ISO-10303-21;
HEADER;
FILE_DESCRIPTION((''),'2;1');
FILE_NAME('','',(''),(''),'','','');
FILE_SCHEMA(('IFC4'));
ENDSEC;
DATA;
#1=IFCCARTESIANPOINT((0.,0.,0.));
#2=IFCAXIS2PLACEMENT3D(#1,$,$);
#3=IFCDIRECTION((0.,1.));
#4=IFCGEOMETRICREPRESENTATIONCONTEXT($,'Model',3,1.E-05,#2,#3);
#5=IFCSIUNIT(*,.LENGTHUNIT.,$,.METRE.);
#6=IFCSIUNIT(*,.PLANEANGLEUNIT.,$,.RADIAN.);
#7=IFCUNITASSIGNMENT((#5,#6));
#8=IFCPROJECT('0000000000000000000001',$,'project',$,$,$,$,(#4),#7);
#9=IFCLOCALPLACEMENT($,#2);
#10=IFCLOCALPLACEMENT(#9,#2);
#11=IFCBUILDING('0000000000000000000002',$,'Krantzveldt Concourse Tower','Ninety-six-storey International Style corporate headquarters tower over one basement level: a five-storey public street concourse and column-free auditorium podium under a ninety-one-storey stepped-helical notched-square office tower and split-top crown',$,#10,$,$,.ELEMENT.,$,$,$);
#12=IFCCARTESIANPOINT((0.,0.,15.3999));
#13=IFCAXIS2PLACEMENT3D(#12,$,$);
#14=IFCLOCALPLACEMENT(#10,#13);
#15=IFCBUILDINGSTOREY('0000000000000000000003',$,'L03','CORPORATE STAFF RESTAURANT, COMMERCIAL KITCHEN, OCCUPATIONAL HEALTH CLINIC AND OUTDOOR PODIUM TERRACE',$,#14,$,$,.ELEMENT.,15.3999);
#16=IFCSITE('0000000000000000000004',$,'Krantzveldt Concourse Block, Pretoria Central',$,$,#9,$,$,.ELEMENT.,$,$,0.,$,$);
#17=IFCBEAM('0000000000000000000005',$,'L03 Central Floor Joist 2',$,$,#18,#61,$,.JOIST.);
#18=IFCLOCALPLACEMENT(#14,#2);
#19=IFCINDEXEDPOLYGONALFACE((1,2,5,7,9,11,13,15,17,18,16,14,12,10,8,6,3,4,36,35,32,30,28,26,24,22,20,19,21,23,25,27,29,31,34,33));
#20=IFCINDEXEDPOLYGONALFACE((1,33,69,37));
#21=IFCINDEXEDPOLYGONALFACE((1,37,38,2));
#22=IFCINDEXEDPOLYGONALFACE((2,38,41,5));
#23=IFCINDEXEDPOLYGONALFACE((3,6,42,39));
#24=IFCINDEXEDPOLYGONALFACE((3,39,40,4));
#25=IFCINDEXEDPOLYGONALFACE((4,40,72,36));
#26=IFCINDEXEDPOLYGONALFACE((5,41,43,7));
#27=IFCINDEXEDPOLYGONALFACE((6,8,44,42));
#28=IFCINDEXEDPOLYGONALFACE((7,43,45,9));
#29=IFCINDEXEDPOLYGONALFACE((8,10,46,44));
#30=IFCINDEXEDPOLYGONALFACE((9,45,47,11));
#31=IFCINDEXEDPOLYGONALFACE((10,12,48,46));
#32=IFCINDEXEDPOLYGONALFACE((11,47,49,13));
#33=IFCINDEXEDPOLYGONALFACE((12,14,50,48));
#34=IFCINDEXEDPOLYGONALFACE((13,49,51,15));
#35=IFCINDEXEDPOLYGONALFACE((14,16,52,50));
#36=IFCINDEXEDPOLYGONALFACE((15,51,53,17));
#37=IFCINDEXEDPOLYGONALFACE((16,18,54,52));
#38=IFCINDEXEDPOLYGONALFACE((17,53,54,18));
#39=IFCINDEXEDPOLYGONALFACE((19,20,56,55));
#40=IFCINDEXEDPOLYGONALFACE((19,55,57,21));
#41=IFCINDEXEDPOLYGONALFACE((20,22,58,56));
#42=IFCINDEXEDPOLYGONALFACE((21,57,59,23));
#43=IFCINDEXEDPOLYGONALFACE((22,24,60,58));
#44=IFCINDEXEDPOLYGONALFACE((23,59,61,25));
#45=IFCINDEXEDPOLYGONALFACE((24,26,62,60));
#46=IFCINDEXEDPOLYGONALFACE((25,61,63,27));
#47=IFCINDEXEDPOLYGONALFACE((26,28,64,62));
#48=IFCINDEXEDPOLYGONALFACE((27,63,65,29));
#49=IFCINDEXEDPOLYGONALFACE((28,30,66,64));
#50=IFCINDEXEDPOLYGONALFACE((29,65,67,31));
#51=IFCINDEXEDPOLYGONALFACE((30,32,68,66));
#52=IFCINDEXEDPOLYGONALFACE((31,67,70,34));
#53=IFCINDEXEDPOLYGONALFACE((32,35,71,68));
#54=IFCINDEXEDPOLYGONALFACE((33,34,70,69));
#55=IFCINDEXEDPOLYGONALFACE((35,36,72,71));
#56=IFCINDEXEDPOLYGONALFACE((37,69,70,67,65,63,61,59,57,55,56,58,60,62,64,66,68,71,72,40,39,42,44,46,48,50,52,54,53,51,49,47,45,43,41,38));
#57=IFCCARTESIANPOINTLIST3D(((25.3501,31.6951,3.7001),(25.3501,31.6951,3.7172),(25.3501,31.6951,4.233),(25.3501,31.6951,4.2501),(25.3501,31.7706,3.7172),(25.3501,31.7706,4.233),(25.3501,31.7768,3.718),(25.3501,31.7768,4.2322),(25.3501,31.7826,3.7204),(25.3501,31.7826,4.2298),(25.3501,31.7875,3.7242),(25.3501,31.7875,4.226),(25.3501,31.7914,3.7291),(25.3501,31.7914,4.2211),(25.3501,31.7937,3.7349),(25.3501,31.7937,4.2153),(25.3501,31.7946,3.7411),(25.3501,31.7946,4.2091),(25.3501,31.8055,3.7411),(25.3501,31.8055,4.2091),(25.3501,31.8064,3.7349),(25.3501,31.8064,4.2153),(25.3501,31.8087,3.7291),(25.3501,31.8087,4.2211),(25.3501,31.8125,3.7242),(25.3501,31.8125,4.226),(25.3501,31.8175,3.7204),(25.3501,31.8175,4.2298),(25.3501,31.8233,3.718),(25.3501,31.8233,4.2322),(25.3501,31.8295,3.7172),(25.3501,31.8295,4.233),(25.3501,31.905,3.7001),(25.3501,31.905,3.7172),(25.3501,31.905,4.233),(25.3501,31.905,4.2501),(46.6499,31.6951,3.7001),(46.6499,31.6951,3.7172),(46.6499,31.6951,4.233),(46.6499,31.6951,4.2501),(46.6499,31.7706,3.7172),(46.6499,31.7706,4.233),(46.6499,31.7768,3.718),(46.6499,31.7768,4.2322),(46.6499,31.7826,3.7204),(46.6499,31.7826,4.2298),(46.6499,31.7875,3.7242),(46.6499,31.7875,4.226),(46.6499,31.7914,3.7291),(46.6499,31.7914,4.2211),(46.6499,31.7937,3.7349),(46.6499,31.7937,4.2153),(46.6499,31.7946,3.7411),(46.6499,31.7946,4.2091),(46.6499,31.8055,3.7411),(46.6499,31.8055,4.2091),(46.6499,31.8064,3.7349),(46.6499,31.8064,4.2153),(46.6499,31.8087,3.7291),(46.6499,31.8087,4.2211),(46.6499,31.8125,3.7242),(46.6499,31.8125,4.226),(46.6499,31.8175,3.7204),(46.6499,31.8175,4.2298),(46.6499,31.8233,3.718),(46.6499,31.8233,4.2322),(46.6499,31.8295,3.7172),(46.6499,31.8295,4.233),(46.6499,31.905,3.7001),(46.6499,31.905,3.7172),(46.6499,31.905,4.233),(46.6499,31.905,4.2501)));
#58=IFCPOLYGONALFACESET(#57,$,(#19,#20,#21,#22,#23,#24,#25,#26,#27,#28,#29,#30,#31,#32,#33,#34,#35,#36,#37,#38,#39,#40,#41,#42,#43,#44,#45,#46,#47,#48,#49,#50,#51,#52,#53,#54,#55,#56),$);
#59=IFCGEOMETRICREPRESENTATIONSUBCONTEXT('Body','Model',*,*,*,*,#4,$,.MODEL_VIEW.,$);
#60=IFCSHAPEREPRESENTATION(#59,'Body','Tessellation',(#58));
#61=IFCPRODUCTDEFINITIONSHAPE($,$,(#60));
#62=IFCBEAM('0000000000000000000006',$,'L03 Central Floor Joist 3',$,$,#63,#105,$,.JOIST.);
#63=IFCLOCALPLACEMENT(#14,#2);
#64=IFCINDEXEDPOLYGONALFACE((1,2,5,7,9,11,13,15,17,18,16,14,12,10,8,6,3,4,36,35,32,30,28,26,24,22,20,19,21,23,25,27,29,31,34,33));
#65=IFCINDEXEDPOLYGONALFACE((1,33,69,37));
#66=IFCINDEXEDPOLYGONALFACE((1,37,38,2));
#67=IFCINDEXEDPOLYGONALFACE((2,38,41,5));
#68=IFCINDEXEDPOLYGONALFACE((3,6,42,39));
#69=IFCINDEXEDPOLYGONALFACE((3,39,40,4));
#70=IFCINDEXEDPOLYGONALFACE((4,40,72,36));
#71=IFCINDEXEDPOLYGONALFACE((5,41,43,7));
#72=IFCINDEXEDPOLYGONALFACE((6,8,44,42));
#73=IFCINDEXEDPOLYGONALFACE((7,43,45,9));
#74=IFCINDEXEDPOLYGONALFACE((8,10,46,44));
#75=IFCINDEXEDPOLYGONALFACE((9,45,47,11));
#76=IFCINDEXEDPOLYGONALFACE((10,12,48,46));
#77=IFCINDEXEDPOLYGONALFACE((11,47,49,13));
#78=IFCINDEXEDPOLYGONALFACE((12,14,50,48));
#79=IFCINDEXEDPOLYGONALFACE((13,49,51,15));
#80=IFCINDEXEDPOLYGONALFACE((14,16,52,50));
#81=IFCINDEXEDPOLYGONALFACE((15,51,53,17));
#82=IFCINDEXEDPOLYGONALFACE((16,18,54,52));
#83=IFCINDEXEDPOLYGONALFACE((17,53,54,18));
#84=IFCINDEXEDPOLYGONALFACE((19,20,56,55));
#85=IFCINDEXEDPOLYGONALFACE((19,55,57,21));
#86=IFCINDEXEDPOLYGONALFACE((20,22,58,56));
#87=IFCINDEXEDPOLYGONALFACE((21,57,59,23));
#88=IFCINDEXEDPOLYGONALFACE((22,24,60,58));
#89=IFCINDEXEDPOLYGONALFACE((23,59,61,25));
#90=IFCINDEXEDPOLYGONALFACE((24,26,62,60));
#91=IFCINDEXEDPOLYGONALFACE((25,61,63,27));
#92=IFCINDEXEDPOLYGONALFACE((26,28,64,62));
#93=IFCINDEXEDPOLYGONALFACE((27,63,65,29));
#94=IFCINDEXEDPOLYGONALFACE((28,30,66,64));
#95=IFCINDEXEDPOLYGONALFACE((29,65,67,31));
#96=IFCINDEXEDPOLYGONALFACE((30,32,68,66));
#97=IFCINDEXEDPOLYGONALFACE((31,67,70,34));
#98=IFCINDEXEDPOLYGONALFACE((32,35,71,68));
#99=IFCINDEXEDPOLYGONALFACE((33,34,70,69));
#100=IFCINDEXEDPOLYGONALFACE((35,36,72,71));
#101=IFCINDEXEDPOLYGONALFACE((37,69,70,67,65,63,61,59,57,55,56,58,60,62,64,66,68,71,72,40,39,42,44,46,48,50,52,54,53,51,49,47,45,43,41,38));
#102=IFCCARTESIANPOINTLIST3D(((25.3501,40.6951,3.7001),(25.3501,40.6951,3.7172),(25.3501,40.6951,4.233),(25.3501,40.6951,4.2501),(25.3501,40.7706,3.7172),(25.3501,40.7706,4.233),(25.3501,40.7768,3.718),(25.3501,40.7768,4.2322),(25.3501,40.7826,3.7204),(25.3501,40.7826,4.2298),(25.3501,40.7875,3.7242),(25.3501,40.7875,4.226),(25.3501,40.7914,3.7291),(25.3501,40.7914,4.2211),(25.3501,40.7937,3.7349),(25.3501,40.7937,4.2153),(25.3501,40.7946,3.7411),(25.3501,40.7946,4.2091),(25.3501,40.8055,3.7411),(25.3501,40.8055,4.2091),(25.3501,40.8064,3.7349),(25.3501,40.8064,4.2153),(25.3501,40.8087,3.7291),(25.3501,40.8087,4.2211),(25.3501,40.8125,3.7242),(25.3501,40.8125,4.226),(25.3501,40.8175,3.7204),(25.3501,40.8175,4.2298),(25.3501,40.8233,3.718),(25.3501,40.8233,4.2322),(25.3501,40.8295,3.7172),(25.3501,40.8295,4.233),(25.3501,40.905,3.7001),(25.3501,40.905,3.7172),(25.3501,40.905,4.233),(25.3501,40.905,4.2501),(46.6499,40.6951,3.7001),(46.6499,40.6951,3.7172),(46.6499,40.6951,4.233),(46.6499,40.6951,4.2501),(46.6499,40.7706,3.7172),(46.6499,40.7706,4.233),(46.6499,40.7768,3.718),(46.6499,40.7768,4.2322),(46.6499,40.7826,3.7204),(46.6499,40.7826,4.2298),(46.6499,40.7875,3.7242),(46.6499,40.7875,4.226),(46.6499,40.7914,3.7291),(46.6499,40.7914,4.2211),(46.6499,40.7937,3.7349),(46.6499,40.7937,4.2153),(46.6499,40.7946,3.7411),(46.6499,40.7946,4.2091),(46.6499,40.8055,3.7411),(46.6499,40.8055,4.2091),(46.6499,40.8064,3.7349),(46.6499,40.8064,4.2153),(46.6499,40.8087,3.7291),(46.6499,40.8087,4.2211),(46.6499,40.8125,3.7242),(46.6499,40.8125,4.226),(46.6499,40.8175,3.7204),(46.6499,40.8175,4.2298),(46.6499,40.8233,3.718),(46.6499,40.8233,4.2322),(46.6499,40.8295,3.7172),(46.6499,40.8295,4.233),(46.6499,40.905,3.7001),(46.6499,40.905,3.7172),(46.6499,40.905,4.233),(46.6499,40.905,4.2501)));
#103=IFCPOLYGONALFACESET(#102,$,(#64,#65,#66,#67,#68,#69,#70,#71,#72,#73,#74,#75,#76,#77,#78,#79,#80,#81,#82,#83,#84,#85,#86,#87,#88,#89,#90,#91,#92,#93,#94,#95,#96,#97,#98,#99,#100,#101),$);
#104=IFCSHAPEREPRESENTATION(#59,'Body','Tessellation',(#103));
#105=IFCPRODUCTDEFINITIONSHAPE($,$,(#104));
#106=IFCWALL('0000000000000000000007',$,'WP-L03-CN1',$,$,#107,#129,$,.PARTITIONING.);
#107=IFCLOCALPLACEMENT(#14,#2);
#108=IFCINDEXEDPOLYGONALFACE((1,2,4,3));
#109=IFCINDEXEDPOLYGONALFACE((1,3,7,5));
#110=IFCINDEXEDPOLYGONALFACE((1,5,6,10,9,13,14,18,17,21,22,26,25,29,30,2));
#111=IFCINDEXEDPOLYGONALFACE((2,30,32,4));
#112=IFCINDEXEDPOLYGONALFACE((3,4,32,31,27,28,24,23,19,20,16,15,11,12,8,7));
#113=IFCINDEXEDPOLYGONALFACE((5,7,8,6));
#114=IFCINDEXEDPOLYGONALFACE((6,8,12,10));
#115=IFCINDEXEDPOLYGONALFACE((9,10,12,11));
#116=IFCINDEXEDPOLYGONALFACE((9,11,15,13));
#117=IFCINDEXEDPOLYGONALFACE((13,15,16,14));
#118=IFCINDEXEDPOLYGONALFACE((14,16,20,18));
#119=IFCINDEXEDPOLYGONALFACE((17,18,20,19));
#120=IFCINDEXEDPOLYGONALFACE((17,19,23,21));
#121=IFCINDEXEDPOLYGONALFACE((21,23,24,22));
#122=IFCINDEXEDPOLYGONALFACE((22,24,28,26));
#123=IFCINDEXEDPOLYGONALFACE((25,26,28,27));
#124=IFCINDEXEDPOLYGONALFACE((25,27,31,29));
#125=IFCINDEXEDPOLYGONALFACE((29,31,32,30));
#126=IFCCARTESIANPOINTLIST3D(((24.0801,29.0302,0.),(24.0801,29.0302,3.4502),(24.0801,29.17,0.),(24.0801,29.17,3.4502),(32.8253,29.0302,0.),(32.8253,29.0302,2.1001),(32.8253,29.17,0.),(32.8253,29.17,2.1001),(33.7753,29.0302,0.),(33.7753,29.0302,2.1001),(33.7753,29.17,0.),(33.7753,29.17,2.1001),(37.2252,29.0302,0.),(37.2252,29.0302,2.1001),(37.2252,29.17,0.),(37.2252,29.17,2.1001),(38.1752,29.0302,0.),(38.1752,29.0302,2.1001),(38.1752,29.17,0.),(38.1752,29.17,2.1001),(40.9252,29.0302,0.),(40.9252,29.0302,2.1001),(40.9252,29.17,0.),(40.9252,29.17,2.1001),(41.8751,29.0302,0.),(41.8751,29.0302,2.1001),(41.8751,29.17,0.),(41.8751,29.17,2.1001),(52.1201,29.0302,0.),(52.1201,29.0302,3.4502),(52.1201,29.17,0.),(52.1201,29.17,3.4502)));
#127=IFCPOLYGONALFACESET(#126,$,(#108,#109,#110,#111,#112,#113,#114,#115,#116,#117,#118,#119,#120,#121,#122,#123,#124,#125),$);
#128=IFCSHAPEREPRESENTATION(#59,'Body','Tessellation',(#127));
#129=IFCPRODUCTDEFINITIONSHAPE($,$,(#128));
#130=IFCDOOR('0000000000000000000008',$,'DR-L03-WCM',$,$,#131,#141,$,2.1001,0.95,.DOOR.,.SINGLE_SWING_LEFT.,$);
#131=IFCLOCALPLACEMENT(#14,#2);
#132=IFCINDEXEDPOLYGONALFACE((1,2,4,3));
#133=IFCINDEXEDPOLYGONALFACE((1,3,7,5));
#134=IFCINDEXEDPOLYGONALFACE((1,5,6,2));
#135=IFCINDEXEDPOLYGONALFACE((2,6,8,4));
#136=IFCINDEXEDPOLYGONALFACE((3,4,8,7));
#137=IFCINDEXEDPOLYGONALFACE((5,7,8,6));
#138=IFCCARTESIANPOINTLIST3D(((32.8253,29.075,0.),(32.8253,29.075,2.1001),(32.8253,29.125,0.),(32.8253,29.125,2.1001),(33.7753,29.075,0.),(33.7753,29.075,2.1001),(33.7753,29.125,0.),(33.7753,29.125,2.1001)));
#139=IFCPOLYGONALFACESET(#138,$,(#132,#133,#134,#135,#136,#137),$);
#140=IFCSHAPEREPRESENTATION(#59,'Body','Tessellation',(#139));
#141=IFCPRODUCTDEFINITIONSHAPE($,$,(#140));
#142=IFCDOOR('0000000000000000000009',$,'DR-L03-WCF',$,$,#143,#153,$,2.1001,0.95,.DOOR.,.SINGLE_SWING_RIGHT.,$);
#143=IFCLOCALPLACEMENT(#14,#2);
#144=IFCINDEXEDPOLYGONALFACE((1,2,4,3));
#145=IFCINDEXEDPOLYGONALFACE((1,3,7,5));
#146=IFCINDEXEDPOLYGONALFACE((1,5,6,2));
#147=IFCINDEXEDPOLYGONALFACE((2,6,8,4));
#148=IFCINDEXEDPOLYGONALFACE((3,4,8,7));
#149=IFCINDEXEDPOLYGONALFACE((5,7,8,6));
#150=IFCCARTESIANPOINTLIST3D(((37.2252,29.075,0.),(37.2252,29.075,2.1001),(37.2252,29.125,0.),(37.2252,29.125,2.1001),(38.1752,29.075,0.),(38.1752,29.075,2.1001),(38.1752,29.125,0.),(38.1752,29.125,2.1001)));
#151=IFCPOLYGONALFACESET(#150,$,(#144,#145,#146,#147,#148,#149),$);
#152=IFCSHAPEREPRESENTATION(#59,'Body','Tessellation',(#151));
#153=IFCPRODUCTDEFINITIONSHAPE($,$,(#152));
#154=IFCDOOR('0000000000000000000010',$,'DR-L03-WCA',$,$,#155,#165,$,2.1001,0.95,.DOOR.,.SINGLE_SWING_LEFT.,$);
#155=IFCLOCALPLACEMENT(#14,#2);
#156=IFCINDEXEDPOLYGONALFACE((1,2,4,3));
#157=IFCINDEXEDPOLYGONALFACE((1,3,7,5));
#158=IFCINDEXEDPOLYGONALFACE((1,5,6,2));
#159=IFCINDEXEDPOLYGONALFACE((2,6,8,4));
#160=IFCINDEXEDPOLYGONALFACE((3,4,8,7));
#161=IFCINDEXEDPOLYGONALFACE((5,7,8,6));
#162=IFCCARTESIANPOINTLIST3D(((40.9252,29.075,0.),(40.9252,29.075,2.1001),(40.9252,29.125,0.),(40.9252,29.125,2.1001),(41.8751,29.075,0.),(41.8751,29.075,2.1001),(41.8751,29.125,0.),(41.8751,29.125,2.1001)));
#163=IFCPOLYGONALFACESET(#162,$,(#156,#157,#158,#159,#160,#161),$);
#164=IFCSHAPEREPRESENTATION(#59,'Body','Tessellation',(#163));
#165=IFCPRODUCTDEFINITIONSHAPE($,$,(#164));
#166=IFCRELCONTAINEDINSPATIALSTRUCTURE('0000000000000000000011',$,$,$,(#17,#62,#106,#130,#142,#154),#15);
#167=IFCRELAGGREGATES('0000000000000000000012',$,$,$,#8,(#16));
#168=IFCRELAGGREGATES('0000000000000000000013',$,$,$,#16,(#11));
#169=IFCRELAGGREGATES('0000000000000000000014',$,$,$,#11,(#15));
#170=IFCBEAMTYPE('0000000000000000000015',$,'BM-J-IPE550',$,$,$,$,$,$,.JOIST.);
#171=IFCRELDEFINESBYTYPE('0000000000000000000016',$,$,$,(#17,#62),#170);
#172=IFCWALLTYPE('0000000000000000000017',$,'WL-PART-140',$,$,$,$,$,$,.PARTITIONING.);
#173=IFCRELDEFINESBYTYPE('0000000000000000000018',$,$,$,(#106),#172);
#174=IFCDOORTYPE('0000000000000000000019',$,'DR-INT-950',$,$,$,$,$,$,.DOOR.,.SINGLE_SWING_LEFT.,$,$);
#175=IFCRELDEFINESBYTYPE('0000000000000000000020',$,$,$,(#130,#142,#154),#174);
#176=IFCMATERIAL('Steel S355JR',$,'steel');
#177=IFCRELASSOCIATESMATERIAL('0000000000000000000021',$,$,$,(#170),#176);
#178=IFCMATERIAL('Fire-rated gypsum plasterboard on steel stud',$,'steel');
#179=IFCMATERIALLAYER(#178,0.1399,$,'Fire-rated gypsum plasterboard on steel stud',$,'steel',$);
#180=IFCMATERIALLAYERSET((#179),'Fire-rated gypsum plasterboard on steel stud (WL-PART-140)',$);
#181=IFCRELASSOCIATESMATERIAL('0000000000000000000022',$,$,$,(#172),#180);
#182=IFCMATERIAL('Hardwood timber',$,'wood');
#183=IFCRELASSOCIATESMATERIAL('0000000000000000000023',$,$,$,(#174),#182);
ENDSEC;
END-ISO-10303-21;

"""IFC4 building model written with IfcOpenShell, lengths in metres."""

from ifc_helpers import new_model, si_unit, direction, frame, frame_2d, origin, origin_2d, place, context, subcontext, project, spatial, rectangle, i_section, extrude, source, transform, mapped, material, layer, layer_set, material_profile, profile_set, type_object, type_shapes, element, fill, save


model = new_model("IFC4")

# Units and contexts
model_context = context("Model", 3, precision=1e-05, world=origin(), true_north=direction((0.0, 1.0)))
body_context = subcontext(model_context, "Body", "Model", "MODEL_VIEW")
ifc_project = project(units=[si_unit("LENGTHUNIT", "METRE"), si_unit("PLANEANGLEUNIT", "RADIAN")], contexts=[model_context])

# Site, building, storey
site_placement = place(None, origin())
site = spatial("IfcSite", under=ifc_project, at=site_placement, Name="Krantzveldt Concourse Block, Pretoria Central", CompositionType="ELEMENT", RefElevation=0.0)
building_placement = place(site_placement, origin())
building = spatial("IfcBuilding", under=site, at=building_placement, Name="Krantzveldt Concourse Tower", Description="Ninety-six-storey International Style corporate headquarters tower over one basement level: a five-storey public street concourse and column-free auditorium podium under a ninety-one-storey stepped-helical notched-square office tower and split-top crown", CompositionType="ELEMENT")
storey_placement = place(building_placement, frame((0.0, 0.0, 15.3999)))
storey = spatial("IfcBuildingStorey", under=building, at=storey_placement, Name="L03", Description="CORPORATE STAFF RESTAURANT, COMMERCIAL KITCHEN, OCCUPATIONAL HEALTH CLINIC AND OUTDOOR PODIUM TERRACE", CompositionType="ELEMENT", Elevation=15.3999)

# Beams
ifc_material_1 = material(Name="Steel S355JR", Category="steel")
ifc_material_profile_1 = material_profile(ifc_material_1, i_section(OverallWidth=0.21, OverallDepth=0.55, WebThickness=0.011, FlangeThickness=0.0171, FilletRadius=0.0239, at=origin_2d()), Name="Steel S355JR", Category="steel")
ifc_profile_set_1 = profile_set([ifc_material_profile_1], Name="Steel S355JR - IPE 550")
beam_type_1 = type_object("IfcBeamType", Name="BM-J-IPE550", PredefinedType="JOIST", material=ifc_profile_set_1)
shared_shape_1 = source(origin(), body_context, "Body", "SweptSolid", [
    extrude(i_section(OverallWidth=0.21, OverallDepth=0.55, WebThickness=0.011, FlangeThickness=0.0171, FilletRadius=0.0239, at=origin_2d()), origin(), (0.0, 0.0, 1.0), 21.2998),
])
type_shapes(beam_type_1, [shared_shape_1])
for number, where, z_axis, x_axis, name in (
    (1, (25.3501, 31.8, 3.9751), (1.0, 0.0, 0.0), (0.0, 1.0, 0.0), "L03 Central Floor Joist 2"),
    (2, (25.3501, 40.8, 3.9751), (1.0, 0.0, 0.0), (0.0, 1.0, 0.0), "L03 Central Floor Joist 3"),
):
    element("IfcBeam", number, at=place(storey_placement, frame(where, z_axis=z_axis, x_axis=x_axis)), inside=storey, type_object=beam_type_1, Name=name, PredefinedType="JOIST", context=body_context, shape_type="MappedRepresentation", body=[
        mapped(shared_shape_1, transform((0.0, 0.0, 0.0), x_axis=(1.0, 0.0, 0.0), y_axis=(0.0, 1.0, 0.0), z_axis=(0.0, 0.0, 1.0), scale=1.0)),
    ])

# Wall, openings, doors
ifc_material_2 = material(Name="Fire-rated gypsum plasterboard on steel stud", Category="steel")
ifc_layer_1 = layer(ifc_material_2, 0.1399, Name="Fire-rated gypsum plasterboard on steel stud", Category="steel")
ifc_layer_set_1 = layer_set([ifc_layer_1], Name="Fire-rated gypsum plasterboard on steel stud (WL-PART-140)")
wall_type_1 = type_object("IfcWallType", Name="WL-PART-140", PredefinedType="PARTITIONING", material=ifc_layer_set_1)
wall_1_placement = place(storey_placement, frame((24.0801, 29.1001, 0.0), z_axis=(0.0, 0.0, 1.0), x_axis=(1.0, 0.0, 0.0)))
wall_1 = element("IfcWall", 3, at=wall_1_placement, inside=storey, type_object=wall_type_1, Name="WP-L03-CN1", PredefinedType="PARTITIONING", context=body_context, shape_type="SweptSolid", body=[
    extrude(rectangle(XDim=28.04, YDim=0.1399, at=frame_2d((14.02, 0.0))), origin(), (0.0, 0.0, 1.0), 3.4502),
])
opening_1_placement = place(wall_1_placement, frame((8.7451, 0.0, 0.0)))
opening_1 = element("IfcOpeningElement", 4, at=opening_1_placement, cuts=wall_1, PredefinedType="OPENING", context=body_context, shape_type="SweptSolid", body=[
    extrude(rectangle(XDim=0.95, YDim=2.1001, at=frame_2d((0.4751, 1.05))), frame((0.0, 0.0801, 0.0), z_axis=(0.0, -1.0, 0.0), x_axis=(1.0, 0.0, 0.0)), (0.0, 0.0, 1.0), 0.1599),
])
opening_2_placement = place(wall_1_placement, frame((13.145, 0.0, 0.0)))
opening_2 = element("IfcOpeningElement", 5, at=opening_2_placement, cuts=wall_1, PredefinedType="OPENING", context=body_context, shape_type="SweptSolid", body=[
    extrude(rectangle(XDim=0.95, YDim=2.1001, at=frame_2d((0.4751, 1.05))), frame((0.0, 0.0801, 0.0), z_axis=(0.0, -1.0, 0.0), x_axis=(1.0, 0.0, 0.0)), (0.0, 0.0, 1.0), 0.1599),
])
opening_3_placement = place(wall_1_placement, frame((16.845, 0.0, 0.0)))
opening_3 = element("IfcOpeningElement", 6, at=opening_3_placement, cuts=wall_1, PredefinedType="OPENING", context=body_context, shape_type="SweptSolid", body=[
    extrude(rectangle(XDim=0.95, YDim=2.1001, at=frame_2d((0.4751, 1.05))), frame((0.0, 0.0801, 0.0), z_axis=(0.0, -1.0, 0.0), x_axis=(1.0, 0.0, 0.0)), (0.0, 0.0, 1.0), 0.1599),
])
ifc_material_3 = material(Name="Hardwood timber", Category="wood")
door_type_1 = type_object("IfcDoorType", Name="DR-INT-950", OperationType="SINGLE_SWING_LEFT", PredefinedType="DOOR", material=ifc_material_3)
door_1_placement = place(opening_1_placement, origin())
door_1 = element("IfcDoor", 7, at=door_1_placement, inside=storey, type_object=door_type_1, Name="DR-L03-WCM", OperationType="SINGLE_SWING_LEFT", OverallHeight=2.1001, OverallWidth=0.95, PredefinedType="DOOR", context=body_context, shape_type="SweptSolid", body=[
    extrude(rectangle(XDim=0.95, YDim=2.1001, at=frame_2d((0.4751, 1.05))), frame((0.0, 0.0249, 0.0), z_axis=(0.0, -1.0, 0.0), x_axis=(1.0, 0.0, 0.0)), (0.0, 0.0, 1.0), 0.05),
])
fill(opening_1, door_1)
door_2_placement = place(opening_2_placement, origin())
door_2 = element("IfcDoor", 8, at=door_2_placement, inside=storey, type_object=door_type_1, Name="DR-L03-WCF", OperationType="SINGLE_SWING_RIGHT", OverallHeight=2.1001, OverallWidth=0.95, PredefinedType="DOOR", context=body_context, shape_type="SweptSolid", body=[
    extrude(rectangle(XDim=0.95, YDim=2.1001, at=frame_2d((0.4751, 1.05))), frame((0.0, 0.0249, 0.0), z_axis=(0.0, -1.0, 0.0), x_axis=(1.0, 0.0, 0.0)), (0.0, 0.0, 1.0), 0.05),
])
fill(opening_2, door_2)
door_3_placement = place(opening_3_placement, origin())
door_3 = element("IfcDoor", 9, at=door_3_placement, inside=storey, type_object=door_type_1, Name="DR-L03-WCA", OperationType="SINGLE_SWING_LEFT", OverallHeight=2.1001, OverallWidth=0.95, PredefinedType="DOOR", context=body_context, shape_type="SweptSolid", body=[
    extrude(rectangle(XDim=0.95, YDim=2.1001, at=frame_2d((0.4751, 1.05))), frame((0.0, 0.0249, 0.0), z_axis=(0.0, -1.0, 0.0), x_axis=(1.0, 0.0, 0.0)), (0.0, 0.0, 1.0), 0.05),
])
fill(opening_3, door_3)

save(model, "model.ifc")
